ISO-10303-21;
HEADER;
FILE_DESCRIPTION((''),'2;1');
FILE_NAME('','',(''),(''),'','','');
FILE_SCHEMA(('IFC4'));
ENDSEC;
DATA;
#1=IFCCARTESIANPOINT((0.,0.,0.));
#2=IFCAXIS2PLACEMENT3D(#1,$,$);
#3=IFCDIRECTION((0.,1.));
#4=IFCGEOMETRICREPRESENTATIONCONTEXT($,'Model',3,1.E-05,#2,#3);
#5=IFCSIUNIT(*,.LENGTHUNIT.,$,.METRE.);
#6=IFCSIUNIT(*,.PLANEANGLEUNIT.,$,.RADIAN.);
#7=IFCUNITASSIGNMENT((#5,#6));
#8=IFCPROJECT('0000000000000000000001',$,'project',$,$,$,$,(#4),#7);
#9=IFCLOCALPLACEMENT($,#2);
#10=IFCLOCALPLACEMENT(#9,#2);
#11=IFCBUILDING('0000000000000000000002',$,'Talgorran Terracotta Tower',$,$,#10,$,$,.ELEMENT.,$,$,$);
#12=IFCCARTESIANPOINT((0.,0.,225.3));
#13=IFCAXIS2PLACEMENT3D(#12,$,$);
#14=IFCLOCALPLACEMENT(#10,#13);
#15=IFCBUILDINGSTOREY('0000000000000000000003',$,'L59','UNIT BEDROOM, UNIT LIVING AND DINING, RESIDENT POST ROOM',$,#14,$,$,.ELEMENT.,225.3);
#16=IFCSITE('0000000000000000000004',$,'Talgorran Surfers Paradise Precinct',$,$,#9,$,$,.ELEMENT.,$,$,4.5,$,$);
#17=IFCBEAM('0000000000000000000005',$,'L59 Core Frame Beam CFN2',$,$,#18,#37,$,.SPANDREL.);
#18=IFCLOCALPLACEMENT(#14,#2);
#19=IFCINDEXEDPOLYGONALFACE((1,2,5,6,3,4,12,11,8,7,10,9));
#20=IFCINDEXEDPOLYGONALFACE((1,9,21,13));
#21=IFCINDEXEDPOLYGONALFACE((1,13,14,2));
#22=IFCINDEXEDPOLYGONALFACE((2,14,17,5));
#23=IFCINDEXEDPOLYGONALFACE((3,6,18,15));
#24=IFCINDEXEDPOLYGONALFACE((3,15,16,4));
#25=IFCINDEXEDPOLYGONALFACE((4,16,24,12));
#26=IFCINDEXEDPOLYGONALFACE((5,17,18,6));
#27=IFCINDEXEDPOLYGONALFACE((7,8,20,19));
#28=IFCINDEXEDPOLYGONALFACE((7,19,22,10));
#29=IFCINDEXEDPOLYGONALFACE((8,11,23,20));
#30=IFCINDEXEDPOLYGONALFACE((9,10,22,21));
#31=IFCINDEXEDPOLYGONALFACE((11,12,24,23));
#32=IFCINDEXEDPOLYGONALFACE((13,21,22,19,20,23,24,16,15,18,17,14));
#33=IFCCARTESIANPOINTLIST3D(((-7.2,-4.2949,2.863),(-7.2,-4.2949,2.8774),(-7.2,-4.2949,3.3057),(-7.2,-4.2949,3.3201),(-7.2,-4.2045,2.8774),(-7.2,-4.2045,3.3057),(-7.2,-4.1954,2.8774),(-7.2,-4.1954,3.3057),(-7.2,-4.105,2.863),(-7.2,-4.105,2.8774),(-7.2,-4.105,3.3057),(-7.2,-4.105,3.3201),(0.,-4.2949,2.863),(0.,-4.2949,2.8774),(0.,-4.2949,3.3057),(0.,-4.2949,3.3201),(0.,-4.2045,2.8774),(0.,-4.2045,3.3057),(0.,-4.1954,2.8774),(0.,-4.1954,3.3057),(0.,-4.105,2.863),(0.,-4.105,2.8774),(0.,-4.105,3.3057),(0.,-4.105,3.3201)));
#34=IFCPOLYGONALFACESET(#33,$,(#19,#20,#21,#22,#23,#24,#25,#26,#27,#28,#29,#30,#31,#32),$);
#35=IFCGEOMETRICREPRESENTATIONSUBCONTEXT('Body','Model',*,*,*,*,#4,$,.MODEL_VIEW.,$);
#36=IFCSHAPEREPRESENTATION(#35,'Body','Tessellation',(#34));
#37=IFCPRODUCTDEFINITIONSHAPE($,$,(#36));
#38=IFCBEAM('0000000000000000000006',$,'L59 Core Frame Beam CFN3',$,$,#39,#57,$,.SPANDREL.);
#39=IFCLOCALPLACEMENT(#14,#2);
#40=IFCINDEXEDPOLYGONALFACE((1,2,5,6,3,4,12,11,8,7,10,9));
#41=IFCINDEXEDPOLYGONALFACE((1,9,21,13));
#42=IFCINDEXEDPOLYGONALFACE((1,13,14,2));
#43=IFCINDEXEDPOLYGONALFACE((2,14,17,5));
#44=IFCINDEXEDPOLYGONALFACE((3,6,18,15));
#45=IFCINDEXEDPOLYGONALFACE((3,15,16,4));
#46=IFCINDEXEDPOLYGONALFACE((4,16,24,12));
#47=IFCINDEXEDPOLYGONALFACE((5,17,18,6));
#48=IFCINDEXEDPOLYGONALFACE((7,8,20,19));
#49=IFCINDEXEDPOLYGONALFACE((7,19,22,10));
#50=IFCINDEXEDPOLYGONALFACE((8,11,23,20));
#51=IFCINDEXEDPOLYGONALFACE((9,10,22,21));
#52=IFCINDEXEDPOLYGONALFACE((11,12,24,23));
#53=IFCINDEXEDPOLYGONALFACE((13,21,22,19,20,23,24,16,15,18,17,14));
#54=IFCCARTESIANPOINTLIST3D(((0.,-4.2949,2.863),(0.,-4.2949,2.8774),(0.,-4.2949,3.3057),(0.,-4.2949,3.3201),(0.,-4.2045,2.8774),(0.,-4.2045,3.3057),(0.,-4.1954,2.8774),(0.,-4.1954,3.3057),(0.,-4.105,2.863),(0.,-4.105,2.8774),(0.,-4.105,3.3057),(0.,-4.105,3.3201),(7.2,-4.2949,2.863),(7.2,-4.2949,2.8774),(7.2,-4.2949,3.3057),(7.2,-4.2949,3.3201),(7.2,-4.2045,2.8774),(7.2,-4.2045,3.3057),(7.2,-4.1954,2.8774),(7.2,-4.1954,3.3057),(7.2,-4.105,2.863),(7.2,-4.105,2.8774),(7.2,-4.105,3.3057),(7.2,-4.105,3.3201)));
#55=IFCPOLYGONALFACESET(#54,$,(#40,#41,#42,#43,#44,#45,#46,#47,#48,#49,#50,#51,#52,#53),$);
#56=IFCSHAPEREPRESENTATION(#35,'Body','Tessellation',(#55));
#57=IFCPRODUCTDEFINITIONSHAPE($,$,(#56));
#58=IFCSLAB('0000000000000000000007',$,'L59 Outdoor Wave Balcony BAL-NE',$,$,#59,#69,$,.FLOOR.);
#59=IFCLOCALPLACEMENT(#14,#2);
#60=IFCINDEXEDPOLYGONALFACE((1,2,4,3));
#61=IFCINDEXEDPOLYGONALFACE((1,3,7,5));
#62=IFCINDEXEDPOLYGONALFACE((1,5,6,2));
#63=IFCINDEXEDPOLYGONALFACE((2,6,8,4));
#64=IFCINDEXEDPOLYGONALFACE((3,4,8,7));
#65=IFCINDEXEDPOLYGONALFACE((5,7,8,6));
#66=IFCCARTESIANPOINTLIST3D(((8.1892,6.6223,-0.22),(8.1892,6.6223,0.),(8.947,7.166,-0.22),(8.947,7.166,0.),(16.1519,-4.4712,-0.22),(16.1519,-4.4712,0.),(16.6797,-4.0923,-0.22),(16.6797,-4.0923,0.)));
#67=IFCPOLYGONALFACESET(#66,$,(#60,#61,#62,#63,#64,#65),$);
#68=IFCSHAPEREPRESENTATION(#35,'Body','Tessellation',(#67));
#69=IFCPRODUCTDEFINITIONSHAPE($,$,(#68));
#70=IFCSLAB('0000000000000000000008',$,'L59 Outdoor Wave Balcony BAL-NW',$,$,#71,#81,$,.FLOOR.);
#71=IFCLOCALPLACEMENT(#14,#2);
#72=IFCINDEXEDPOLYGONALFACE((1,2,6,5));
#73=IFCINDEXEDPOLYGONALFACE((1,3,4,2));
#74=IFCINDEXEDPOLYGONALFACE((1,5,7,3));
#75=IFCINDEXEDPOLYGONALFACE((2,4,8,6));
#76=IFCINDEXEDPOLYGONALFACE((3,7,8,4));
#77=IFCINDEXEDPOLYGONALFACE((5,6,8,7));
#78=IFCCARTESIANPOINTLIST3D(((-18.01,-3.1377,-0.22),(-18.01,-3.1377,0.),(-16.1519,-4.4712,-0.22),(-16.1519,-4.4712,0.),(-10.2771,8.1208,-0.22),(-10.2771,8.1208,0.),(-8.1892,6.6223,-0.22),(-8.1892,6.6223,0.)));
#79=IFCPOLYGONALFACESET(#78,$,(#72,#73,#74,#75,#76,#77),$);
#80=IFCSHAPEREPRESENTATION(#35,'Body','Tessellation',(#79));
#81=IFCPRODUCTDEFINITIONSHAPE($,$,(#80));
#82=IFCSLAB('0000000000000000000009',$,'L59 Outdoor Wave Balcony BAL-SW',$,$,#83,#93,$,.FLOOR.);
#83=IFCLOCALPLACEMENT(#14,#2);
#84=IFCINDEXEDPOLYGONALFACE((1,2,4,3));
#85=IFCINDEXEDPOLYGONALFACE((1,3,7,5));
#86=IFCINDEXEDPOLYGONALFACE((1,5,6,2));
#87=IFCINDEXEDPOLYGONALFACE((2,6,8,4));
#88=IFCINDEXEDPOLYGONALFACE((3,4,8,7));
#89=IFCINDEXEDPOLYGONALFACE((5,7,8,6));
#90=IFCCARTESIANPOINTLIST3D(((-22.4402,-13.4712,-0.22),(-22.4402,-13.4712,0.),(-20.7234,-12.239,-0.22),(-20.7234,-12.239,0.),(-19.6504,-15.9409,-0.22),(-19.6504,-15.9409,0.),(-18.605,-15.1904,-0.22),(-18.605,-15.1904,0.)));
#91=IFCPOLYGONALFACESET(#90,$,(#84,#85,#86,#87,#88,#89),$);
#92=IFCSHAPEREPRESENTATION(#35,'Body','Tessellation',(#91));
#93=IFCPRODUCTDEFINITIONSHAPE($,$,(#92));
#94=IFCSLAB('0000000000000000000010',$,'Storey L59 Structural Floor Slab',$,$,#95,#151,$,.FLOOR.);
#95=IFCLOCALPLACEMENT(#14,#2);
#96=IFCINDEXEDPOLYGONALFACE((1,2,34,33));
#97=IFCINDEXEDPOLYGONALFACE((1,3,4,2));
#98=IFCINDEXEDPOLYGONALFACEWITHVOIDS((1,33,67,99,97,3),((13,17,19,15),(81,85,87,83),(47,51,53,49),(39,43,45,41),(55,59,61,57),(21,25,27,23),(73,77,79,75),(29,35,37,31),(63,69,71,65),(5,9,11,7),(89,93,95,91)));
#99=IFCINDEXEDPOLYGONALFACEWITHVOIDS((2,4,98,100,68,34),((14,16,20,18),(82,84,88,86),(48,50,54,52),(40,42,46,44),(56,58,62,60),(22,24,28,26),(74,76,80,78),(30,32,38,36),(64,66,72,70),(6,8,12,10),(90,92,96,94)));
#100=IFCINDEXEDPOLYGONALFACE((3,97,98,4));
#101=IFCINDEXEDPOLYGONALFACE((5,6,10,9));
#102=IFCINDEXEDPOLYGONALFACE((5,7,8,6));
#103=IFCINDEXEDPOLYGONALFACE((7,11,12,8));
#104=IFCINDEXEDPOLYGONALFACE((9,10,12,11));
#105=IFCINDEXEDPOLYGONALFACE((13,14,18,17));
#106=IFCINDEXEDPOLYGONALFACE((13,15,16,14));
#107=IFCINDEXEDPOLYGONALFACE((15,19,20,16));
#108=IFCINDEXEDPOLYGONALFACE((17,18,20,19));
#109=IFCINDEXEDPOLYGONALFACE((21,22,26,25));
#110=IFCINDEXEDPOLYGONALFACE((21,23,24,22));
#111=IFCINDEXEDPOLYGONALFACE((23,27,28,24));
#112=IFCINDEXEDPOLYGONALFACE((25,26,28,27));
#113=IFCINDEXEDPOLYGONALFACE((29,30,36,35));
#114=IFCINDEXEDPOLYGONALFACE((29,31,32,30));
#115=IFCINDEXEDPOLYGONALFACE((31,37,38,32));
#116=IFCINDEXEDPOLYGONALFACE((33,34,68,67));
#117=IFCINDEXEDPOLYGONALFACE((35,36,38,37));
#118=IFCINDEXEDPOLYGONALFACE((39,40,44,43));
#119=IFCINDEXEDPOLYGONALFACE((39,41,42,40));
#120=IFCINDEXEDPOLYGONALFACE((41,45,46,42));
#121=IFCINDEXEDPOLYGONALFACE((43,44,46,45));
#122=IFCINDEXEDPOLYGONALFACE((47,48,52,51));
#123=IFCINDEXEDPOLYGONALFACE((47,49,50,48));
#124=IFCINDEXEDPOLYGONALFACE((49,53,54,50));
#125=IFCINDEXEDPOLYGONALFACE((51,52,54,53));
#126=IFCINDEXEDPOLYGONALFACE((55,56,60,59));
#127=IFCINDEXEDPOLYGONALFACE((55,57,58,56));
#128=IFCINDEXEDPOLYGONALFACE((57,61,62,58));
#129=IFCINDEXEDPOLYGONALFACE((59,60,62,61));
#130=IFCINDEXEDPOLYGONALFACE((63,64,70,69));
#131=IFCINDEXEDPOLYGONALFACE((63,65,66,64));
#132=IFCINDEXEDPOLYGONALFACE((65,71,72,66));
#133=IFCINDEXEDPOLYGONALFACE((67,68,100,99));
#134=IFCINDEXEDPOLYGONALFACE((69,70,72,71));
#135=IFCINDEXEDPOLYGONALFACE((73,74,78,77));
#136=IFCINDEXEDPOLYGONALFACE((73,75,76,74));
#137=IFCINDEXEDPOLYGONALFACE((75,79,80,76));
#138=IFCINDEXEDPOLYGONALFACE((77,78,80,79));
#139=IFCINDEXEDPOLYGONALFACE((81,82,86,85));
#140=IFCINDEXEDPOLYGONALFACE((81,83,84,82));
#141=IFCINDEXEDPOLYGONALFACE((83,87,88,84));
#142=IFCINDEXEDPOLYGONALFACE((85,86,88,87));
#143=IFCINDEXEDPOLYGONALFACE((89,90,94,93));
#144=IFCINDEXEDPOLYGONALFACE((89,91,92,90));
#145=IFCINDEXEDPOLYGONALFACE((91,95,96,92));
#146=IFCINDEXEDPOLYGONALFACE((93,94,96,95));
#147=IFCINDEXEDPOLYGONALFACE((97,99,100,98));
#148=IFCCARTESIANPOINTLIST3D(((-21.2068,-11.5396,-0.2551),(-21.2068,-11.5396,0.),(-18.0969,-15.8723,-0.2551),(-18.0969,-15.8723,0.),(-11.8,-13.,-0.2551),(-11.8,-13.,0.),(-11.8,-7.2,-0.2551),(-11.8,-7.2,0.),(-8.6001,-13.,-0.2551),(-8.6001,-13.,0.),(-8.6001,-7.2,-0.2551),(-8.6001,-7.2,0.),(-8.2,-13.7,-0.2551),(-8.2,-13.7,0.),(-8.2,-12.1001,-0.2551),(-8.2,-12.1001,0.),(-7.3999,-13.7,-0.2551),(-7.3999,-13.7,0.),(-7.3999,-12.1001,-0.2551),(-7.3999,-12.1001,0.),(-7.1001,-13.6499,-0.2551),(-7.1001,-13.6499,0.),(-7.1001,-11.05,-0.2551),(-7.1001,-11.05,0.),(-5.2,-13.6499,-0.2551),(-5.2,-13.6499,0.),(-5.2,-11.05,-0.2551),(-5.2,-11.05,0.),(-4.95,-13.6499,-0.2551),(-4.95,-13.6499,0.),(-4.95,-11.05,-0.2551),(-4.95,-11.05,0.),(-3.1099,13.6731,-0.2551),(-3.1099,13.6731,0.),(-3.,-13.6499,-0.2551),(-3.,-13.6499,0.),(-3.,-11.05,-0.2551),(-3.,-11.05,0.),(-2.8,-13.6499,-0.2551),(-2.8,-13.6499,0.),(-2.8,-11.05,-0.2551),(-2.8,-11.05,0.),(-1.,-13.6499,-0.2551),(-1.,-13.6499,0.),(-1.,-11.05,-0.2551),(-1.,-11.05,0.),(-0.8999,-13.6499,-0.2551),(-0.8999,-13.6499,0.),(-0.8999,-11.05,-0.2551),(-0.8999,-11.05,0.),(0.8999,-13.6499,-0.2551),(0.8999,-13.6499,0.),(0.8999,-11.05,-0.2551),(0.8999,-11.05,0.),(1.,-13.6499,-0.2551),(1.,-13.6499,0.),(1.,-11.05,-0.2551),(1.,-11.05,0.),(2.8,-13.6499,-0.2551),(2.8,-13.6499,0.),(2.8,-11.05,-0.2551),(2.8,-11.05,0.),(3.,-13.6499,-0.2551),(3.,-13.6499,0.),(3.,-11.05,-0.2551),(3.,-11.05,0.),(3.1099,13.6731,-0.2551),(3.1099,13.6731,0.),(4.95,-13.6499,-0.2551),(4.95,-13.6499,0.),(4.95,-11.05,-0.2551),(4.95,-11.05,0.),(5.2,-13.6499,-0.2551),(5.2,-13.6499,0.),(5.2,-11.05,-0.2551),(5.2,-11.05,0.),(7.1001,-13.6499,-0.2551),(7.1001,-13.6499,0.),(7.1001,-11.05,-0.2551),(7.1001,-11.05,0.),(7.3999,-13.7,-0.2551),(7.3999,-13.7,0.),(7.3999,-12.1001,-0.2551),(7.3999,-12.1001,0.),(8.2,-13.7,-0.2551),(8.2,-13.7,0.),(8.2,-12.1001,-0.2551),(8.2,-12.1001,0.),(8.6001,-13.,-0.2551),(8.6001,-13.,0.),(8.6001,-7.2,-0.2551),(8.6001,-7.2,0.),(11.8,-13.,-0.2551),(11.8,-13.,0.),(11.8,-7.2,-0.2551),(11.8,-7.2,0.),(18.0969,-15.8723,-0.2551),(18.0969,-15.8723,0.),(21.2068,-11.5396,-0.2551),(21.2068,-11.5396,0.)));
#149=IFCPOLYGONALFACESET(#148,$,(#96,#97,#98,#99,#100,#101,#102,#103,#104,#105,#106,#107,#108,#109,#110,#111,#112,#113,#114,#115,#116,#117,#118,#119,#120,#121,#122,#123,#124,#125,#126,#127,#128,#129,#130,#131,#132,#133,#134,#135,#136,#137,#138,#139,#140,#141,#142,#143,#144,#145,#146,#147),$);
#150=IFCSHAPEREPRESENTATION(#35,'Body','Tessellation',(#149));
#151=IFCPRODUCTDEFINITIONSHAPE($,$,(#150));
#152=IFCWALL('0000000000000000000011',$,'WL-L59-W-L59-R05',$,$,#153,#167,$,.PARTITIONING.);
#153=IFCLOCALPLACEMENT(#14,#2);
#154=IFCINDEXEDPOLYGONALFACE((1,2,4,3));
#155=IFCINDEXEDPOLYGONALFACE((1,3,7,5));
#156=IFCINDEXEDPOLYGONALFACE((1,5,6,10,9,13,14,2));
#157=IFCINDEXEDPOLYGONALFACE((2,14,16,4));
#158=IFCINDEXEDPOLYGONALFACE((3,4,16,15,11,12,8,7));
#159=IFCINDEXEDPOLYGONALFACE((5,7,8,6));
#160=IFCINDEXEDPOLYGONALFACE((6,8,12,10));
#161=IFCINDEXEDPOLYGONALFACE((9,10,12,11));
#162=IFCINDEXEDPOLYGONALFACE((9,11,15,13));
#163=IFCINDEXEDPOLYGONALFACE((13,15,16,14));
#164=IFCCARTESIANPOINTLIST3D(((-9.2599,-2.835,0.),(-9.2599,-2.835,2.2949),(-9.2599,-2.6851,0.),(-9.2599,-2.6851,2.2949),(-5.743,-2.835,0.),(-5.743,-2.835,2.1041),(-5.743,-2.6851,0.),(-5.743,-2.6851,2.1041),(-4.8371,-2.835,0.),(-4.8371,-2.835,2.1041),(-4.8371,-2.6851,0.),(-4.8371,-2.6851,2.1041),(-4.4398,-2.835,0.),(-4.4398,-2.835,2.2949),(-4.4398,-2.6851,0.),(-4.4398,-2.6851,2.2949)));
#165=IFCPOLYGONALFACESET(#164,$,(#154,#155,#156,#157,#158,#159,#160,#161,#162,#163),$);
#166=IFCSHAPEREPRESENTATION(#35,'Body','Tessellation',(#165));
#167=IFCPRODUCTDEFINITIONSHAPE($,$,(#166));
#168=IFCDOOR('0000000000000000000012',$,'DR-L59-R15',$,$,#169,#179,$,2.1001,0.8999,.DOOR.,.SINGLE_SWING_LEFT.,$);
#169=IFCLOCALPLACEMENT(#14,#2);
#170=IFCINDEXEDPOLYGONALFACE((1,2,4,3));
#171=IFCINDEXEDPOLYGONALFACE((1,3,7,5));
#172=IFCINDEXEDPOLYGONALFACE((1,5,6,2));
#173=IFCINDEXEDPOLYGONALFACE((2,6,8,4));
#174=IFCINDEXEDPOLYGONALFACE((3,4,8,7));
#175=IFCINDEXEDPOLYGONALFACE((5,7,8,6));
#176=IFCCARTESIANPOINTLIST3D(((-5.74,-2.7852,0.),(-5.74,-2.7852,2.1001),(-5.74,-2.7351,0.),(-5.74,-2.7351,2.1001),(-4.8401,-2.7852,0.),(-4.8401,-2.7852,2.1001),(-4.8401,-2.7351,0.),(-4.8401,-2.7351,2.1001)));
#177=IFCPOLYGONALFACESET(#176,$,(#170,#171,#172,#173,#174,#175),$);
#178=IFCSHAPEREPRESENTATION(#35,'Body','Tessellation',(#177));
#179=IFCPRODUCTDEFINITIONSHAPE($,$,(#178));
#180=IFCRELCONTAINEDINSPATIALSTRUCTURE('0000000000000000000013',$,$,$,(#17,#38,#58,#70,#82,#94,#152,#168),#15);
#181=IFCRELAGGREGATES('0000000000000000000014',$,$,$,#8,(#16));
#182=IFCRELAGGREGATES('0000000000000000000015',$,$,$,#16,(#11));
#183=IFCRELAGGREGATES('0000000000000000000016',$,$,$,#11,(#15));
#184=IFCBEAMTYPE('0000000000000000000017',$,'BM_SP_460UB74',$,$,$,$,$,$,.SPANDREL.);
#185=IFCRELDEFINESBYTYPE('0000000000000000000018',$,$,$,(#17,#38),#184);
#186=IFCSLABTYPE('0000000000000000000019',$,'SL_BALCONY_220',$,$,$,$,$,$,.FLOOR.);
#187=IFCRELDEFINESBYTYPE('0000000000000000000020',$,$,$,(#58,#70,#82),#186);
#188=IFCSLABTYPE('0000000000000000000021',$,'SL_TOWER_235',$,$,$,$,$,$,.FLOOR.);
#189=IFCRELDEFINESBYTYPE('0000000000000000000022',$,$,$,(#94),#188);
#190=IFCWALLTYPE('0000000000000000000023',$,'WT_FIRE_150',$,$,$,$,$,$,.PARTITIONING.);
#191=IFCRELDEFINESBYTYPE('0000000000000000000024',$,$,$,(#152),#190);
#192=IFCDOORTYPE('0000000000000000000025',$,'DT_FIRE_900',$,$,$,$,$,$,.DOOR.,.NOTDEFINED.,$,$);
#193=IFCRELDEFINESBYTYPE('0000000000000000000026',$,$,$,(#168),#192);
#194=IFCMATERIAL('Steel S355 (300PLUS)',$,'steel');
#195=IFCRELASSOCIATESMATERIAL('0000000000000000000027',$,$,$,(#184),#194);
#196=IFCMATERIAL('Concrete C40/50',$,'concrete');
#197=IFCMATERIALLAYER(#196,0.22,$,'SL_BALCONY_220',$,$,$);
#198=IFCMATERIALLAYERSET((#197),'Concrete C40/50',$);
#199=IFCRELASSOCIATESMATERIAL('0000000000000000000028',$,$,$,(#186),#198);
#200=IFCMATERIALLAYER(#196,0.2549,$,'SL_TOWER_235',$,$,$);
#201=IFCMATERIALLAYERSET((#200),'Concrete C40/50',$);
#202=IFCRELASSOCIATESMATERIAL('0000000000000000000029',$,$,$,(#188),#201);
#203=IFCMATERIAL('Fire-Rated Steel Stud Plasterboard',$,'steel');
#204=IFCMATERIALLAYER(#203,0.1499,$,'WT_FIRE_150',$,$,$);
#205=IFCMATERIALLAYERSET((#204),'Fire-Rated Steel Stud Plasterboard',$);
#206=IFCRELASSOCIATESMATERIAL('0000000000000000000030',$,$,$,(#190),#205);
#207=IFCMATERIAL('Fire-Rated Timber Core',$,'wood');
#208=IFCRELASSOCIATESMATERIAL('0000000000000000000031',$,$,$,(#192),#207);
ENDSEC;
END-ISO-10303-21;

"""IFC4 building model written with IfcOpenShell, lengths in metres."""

from ifc_helpers import new_model, si_unit, direction, frame, frame_2d, origin, origin_2d, place, context, subcontext, project, spatial, polyline, rectangle, i_section, outline, extrude, material, layer, layer_set, material_profile, profile_set, type_object, element, fill, save


model = new_model("IFC4")

# Units and contexts
model_context = context("Model", 3, precision=1e-05, world=origin(), true_north=direction((0.0, 1.0)))
body_context = subcontext(model_context, "Body", "Model", "MODEL_VIEW")
ifc_project = project(units=[si_unit("LENGTHUNIT", "METRE"), si_unit("PLANEANGLEUNIT", "RADIAN")], contexts=[model_context])

# Site, building, storey
site_placement = place(None, origin())
site = spatial("IfcSite", under=ifc_project, at=site_placement, Name="Talgorran Surfers Paradise Precinct", CompositionType="ELEMENT", RefElevation=4.5)
building_placement = place(site_placement, origin())
building = spatial("IfcBuilding", under=site, at=building_placement, Name="Talgorran Terracotta Tower", CompositionType="ELEMENT")
storey_placement = place(building_placement, frame((0.0, 0.0, 225.3)))
storey = spatial("IfcBuildingStorey", under=building, at=storey_placement, Name="L59", Description="UNIT BEDROOM, UNIT LIVING AND DINING, RESIDENT POST ROOM", CompositionType="ELEMENT", Elevation=225.3)

# Shared definitions
ifc_material_1 = material(Name="Steel S355 (300PLUS)", Category="steel")

# Beams
ifc_material_profile_1 = material_profile(ifc_material_1, i_section(OverallWidth=0.1899, OverallDepth=0.457, WebThickness=0.009, FlangeThickness=0.0144, at=origin_2d()), Name="460UB74.6")
ifc_profile_set_1 = profile_set([ifc_material_profile_1], Name="Steel S355 (300PLUS)")
beam_type_1 = type_object("IfcBeamType", Name="BM_SP_460UB74", PredefinedType="SPANDREL", material=ifc_profile_set_1)
for number, where, z_axis, x_axis, name in (
    (1, (-7.2, -4.2, 3.0916), (1.0, 0.0, 0.0), (0.0, 1.0, 0.0), "L59 Core Frame Beam CFN2"),
    (2, (0.0, -4.2, 3.0916), (1.0, 0.0, 0.0), (0.0, 1.0, 0.0), "L59 Core Frame Beam CFN3"),
):
    element("IfcBeam", number, at=place(storey_placement, frame(where, z_axis=z_axis, x_axis=x_axis)), inside=storey, type_object=beam_type_1, Name=name, PredefinedType="SPANDREL", context=body_context, shape_type="SweptSolid", body=[
        extrude(i_section(OverallWidth=0.1899, OverallDepth=0.457, WebThickness=0.009, FlangeThickness=0.0144, at=origin_2d()), origin(), (0.0, 0.0, 1.0), 7.2),
    ])

# Slabs
ifc_material_2 = material(Name="Concrete C40/50", Category="concrete")
ifc_layer_1 = layer(ifc_material_2, 0.22, Name="SL_BALCONY_220")
ifc_layer_set_1 = layer_set([ifc_layer_1], Name="Concrete C40/50")
slab_type_1 = type_object("IfcSlabType", Name="SL_BALCONY_220", PredefinedType="FLOOR", material=ifc_layer_set_1)
slab_1_placement = place(storey_placement, frame((0.0, 0.0, -0.22)))
element("IfcSlab", 3, at=slab_1_placement, inside=storey, type_object=slab_type_1, Name="L59 Outdoor Wave Balcony BAL-NE", PredefinedType="FLOOR", context=body_context, shape_type="SweptSolid", body=[
    extrude(outline(polyline([(8.1892, 6.6223), (16.1519, -4.4712), (16.6797, -4.0923), (8.947, 7.166), (8.1892, 6.6223)])), origin(), (0.0, 0.0, 1.0), 0.22),
])
slab_2_placement = place(storey_placement, frame((0.0, 0.0, -0.22)))
element("IfcSlab", 4, at=slab_2_placement, inside=storey, type_object=slab_type_1, Name="L59 Outdoor Wave Balcony BAL-NW", PredefinedType="FLOOR", context=body_context, shape_type="SweptSolid", body=[
    extrude(outline(polyline([(-16.1519, -4.4712), (-8.1892, 6.6223), (-10.2771, 8.1208), (-18.01, -3.1377), (-16.1519, -4.4712)])), origin(), (0.0, 0.0, 1.0), 0.22),
])
slab_3_placement = place(storey_placement, frame((0.0, 0.0, -0.22)))
element("IfcSlab", 5, at=slab_3_placement, inside=storey, type_object=slab_type_1, Name="L59 Outdoor Wave Balcony BAL-SW", PredefinedType="FLOOR", context=body_context, shape_type="SweptSolid", body=[
    extrude(outline(polyline([(-18.605, -15.1904), (-20.7234, -12.239), (-22.4402, -13.4712), (-19.6504, -15.9409), (-18.605, -15.1904)])), origin(), (0.0, 0.0, 1.0), 0.22),
])
ifc_layer_2 = layer(ifc_material_2, 0.2549, Name="SL_TOWER_235")
ifc_layer_set_2 = layer_set([ifc_layer_2], Name="Concrete C40/50")
slab_type_2 = type_object("IfcSlabType", Name="SL_TOWER_235", PredefinedType="FLOOR", material=ifc_layer_set_2)
slab_4_placement = place(storey_placement, frame((0.0, 0.0, -0.2551)))
element("IfcSlab", 6, at=slab_4_placement, inside=storey, type_object=slab_type_2, Name="Storey L59 Structural Floor Slab", PredefinedType="FLOOR", context=body_context, shape_type="SweptSolid", body=[
    extrude(outline(polyline([(-21.2068, -11.5396), (-18.0969, -15.8723), (18.0969, -15.8723), (21.2068, -11.5396), (3.1099, 13.6731), (-3.1099, 13.6731), (-21.2068, -11.5396)]), holes=[polyline([(-11.8, -7.2), (-11.8, -13.0), (-8.6001, -13.0), (-8.6001, -7.2), (-11.8, -7.2)]), polyline([(8.6001, -7.2), (8.6001, -13.0), (11.8, -13.0), (11.8, -7.2), (8.6001, -7.2)]), polyline([(-7.1001, -13.6499), (-5.2, -13.6499), (-5.2, -11.05), (-7.1001, -11.05), (-7.1001, -13.6499)]), polyline([(5.2, -13.6499), (7.1001, -13.6499), (7.1001, -11.05), (5.2, -11.05), (5.2, -13.6499)]), polyline([(3.0, -13.6499), (4.95, -13.6499), (4.95, -11.05), (3.0, -11.05), (3.0, -13.6499)]), polyline([(-4.95, -13.6499), (-3.0, -13.6499), (-3.0, -11.05), (-4.95, -11.05), (-4.95, -13.6499)]), polyline([(-2.8, -13.6499), (-1.0, -13.6499), (-1.0, -11.05), (-2.8, -11.05), (-2.8, -13.6499)]), polyline([(-0.8999, -13.6499), (0.8999, -13.6499), (0.8999, -11.05), (-0.8999, -11.05), (-0.8999, -13.6499)]), polyline([(1.0, -13.6499), (2.8, -13.6499), (2.8, -11.05), (1.0, -11.05), (1.0, -13.6499)]), polyline([(-8.2, -13.7), (-7.3999, -13.7), (-7.3999, -12.1001), (-8.2, -12.1001), (-8.2, -13.7)]), polyline([(7.3999, -13.7), (8.2, -13.7), (8.2, -12.1001), (7.3999, -12.1001), (7.3999, -13.7)])]), origin(), (0.0, 0.0, 1.0), 0.2551),
])

# Wall, opening, door
ifc_material_3 = material(Name="Fire-Rated Steel Stud Plasterboard", Category="steel")
ifc_layer_3 = layer(ifc_material_3, 0.1499, Name="WT_FIRE_150")
ifc_layer_set_3 = layer_set([ifc_layer_3], Name="Fire-Rated Steel Stud Plasterboard")
wall_type_1 = type_object("IfcWallType", Name="WT_FIRE_150", PredefinedType="PARTITIONING", material=ifc_layer_set_3)
wall_1_placement = place(storey_placement, frame((-9.26, -2.76, 0.0), z_axis=(0.0, 0.0, 1.0), x_axis=(1.0, 0.0, 0.0)))
wall_1 = element("IfcWall", 7, at=wall_1_placement, inside=storey, type_object=wall_type_1, Name="WL-L59-W-L59-R05", PredefinedType="PARTITIONING", context=body_context, shape_type="SweptSolid", body=[
    extrude(rectangle(XDim=4.8201, YDim=0.1499, at=frame_2d((2.4102, 0.0))), origin(), (0.0, 0.0, 1.0), 2.2949),
])
opening_1_placement = place(wall_1_placement, frame((3.52, 0.0, 0.0)))
opening_1 = element("IfcOpeningElement", 8, at=opening_1_placement, cuts=wall_1, PredefinedType="OPENING", context=body_context, shape_type="SweptSolid", body=[
    extrude(rectangle(XDim=0.9059, YDim=2.1041, at=frame_2d((0.45, 1.052))), frame((0.0, 0.085, 0.0), z_axis=(0.0, -1.0, 0.0), x_axis=(1.0, 0.0, 0.0)), (0.0, 0.0, 1.0), 0.1699),
])
ifc_material_4 = material(Name="Fire-Rated Timber Core", Category="wood")
door_type_1 = type_object("IfcDoorType", Name="DT_FIRE_900", OperationType="NOTDEFINED", PredefinedType="DOOR", material=ifc_material_4)
door_1_placement = place(opening_1_placement, origin())
door_1 = element("IfcDoor", 9, at=door_1_placement, inside=storey, type_object=door_type_1, Name="DR-L59-R15", OperationType="SINGLE_SWING_LEFT", OverallHeight=2.1001, OverallWidth=0.8999, PredefinedType="DOOR", context=body_context, shape_type="SweptSolid", body=[
    extrude(rectangle(XDim=0.8999, YDim=2.1001, at=frame_2d((0.45, 1.05))), frame((0.0, 0.0249, 0.0), z_axis=(0.0, -1.0, 0.0), x_axis=(1.0, 0.0, 0.0)), (0.0, 0.0, 1.0), 0.05),
])
fill(opening_1, door_1)

save(model, "model.ifc")
